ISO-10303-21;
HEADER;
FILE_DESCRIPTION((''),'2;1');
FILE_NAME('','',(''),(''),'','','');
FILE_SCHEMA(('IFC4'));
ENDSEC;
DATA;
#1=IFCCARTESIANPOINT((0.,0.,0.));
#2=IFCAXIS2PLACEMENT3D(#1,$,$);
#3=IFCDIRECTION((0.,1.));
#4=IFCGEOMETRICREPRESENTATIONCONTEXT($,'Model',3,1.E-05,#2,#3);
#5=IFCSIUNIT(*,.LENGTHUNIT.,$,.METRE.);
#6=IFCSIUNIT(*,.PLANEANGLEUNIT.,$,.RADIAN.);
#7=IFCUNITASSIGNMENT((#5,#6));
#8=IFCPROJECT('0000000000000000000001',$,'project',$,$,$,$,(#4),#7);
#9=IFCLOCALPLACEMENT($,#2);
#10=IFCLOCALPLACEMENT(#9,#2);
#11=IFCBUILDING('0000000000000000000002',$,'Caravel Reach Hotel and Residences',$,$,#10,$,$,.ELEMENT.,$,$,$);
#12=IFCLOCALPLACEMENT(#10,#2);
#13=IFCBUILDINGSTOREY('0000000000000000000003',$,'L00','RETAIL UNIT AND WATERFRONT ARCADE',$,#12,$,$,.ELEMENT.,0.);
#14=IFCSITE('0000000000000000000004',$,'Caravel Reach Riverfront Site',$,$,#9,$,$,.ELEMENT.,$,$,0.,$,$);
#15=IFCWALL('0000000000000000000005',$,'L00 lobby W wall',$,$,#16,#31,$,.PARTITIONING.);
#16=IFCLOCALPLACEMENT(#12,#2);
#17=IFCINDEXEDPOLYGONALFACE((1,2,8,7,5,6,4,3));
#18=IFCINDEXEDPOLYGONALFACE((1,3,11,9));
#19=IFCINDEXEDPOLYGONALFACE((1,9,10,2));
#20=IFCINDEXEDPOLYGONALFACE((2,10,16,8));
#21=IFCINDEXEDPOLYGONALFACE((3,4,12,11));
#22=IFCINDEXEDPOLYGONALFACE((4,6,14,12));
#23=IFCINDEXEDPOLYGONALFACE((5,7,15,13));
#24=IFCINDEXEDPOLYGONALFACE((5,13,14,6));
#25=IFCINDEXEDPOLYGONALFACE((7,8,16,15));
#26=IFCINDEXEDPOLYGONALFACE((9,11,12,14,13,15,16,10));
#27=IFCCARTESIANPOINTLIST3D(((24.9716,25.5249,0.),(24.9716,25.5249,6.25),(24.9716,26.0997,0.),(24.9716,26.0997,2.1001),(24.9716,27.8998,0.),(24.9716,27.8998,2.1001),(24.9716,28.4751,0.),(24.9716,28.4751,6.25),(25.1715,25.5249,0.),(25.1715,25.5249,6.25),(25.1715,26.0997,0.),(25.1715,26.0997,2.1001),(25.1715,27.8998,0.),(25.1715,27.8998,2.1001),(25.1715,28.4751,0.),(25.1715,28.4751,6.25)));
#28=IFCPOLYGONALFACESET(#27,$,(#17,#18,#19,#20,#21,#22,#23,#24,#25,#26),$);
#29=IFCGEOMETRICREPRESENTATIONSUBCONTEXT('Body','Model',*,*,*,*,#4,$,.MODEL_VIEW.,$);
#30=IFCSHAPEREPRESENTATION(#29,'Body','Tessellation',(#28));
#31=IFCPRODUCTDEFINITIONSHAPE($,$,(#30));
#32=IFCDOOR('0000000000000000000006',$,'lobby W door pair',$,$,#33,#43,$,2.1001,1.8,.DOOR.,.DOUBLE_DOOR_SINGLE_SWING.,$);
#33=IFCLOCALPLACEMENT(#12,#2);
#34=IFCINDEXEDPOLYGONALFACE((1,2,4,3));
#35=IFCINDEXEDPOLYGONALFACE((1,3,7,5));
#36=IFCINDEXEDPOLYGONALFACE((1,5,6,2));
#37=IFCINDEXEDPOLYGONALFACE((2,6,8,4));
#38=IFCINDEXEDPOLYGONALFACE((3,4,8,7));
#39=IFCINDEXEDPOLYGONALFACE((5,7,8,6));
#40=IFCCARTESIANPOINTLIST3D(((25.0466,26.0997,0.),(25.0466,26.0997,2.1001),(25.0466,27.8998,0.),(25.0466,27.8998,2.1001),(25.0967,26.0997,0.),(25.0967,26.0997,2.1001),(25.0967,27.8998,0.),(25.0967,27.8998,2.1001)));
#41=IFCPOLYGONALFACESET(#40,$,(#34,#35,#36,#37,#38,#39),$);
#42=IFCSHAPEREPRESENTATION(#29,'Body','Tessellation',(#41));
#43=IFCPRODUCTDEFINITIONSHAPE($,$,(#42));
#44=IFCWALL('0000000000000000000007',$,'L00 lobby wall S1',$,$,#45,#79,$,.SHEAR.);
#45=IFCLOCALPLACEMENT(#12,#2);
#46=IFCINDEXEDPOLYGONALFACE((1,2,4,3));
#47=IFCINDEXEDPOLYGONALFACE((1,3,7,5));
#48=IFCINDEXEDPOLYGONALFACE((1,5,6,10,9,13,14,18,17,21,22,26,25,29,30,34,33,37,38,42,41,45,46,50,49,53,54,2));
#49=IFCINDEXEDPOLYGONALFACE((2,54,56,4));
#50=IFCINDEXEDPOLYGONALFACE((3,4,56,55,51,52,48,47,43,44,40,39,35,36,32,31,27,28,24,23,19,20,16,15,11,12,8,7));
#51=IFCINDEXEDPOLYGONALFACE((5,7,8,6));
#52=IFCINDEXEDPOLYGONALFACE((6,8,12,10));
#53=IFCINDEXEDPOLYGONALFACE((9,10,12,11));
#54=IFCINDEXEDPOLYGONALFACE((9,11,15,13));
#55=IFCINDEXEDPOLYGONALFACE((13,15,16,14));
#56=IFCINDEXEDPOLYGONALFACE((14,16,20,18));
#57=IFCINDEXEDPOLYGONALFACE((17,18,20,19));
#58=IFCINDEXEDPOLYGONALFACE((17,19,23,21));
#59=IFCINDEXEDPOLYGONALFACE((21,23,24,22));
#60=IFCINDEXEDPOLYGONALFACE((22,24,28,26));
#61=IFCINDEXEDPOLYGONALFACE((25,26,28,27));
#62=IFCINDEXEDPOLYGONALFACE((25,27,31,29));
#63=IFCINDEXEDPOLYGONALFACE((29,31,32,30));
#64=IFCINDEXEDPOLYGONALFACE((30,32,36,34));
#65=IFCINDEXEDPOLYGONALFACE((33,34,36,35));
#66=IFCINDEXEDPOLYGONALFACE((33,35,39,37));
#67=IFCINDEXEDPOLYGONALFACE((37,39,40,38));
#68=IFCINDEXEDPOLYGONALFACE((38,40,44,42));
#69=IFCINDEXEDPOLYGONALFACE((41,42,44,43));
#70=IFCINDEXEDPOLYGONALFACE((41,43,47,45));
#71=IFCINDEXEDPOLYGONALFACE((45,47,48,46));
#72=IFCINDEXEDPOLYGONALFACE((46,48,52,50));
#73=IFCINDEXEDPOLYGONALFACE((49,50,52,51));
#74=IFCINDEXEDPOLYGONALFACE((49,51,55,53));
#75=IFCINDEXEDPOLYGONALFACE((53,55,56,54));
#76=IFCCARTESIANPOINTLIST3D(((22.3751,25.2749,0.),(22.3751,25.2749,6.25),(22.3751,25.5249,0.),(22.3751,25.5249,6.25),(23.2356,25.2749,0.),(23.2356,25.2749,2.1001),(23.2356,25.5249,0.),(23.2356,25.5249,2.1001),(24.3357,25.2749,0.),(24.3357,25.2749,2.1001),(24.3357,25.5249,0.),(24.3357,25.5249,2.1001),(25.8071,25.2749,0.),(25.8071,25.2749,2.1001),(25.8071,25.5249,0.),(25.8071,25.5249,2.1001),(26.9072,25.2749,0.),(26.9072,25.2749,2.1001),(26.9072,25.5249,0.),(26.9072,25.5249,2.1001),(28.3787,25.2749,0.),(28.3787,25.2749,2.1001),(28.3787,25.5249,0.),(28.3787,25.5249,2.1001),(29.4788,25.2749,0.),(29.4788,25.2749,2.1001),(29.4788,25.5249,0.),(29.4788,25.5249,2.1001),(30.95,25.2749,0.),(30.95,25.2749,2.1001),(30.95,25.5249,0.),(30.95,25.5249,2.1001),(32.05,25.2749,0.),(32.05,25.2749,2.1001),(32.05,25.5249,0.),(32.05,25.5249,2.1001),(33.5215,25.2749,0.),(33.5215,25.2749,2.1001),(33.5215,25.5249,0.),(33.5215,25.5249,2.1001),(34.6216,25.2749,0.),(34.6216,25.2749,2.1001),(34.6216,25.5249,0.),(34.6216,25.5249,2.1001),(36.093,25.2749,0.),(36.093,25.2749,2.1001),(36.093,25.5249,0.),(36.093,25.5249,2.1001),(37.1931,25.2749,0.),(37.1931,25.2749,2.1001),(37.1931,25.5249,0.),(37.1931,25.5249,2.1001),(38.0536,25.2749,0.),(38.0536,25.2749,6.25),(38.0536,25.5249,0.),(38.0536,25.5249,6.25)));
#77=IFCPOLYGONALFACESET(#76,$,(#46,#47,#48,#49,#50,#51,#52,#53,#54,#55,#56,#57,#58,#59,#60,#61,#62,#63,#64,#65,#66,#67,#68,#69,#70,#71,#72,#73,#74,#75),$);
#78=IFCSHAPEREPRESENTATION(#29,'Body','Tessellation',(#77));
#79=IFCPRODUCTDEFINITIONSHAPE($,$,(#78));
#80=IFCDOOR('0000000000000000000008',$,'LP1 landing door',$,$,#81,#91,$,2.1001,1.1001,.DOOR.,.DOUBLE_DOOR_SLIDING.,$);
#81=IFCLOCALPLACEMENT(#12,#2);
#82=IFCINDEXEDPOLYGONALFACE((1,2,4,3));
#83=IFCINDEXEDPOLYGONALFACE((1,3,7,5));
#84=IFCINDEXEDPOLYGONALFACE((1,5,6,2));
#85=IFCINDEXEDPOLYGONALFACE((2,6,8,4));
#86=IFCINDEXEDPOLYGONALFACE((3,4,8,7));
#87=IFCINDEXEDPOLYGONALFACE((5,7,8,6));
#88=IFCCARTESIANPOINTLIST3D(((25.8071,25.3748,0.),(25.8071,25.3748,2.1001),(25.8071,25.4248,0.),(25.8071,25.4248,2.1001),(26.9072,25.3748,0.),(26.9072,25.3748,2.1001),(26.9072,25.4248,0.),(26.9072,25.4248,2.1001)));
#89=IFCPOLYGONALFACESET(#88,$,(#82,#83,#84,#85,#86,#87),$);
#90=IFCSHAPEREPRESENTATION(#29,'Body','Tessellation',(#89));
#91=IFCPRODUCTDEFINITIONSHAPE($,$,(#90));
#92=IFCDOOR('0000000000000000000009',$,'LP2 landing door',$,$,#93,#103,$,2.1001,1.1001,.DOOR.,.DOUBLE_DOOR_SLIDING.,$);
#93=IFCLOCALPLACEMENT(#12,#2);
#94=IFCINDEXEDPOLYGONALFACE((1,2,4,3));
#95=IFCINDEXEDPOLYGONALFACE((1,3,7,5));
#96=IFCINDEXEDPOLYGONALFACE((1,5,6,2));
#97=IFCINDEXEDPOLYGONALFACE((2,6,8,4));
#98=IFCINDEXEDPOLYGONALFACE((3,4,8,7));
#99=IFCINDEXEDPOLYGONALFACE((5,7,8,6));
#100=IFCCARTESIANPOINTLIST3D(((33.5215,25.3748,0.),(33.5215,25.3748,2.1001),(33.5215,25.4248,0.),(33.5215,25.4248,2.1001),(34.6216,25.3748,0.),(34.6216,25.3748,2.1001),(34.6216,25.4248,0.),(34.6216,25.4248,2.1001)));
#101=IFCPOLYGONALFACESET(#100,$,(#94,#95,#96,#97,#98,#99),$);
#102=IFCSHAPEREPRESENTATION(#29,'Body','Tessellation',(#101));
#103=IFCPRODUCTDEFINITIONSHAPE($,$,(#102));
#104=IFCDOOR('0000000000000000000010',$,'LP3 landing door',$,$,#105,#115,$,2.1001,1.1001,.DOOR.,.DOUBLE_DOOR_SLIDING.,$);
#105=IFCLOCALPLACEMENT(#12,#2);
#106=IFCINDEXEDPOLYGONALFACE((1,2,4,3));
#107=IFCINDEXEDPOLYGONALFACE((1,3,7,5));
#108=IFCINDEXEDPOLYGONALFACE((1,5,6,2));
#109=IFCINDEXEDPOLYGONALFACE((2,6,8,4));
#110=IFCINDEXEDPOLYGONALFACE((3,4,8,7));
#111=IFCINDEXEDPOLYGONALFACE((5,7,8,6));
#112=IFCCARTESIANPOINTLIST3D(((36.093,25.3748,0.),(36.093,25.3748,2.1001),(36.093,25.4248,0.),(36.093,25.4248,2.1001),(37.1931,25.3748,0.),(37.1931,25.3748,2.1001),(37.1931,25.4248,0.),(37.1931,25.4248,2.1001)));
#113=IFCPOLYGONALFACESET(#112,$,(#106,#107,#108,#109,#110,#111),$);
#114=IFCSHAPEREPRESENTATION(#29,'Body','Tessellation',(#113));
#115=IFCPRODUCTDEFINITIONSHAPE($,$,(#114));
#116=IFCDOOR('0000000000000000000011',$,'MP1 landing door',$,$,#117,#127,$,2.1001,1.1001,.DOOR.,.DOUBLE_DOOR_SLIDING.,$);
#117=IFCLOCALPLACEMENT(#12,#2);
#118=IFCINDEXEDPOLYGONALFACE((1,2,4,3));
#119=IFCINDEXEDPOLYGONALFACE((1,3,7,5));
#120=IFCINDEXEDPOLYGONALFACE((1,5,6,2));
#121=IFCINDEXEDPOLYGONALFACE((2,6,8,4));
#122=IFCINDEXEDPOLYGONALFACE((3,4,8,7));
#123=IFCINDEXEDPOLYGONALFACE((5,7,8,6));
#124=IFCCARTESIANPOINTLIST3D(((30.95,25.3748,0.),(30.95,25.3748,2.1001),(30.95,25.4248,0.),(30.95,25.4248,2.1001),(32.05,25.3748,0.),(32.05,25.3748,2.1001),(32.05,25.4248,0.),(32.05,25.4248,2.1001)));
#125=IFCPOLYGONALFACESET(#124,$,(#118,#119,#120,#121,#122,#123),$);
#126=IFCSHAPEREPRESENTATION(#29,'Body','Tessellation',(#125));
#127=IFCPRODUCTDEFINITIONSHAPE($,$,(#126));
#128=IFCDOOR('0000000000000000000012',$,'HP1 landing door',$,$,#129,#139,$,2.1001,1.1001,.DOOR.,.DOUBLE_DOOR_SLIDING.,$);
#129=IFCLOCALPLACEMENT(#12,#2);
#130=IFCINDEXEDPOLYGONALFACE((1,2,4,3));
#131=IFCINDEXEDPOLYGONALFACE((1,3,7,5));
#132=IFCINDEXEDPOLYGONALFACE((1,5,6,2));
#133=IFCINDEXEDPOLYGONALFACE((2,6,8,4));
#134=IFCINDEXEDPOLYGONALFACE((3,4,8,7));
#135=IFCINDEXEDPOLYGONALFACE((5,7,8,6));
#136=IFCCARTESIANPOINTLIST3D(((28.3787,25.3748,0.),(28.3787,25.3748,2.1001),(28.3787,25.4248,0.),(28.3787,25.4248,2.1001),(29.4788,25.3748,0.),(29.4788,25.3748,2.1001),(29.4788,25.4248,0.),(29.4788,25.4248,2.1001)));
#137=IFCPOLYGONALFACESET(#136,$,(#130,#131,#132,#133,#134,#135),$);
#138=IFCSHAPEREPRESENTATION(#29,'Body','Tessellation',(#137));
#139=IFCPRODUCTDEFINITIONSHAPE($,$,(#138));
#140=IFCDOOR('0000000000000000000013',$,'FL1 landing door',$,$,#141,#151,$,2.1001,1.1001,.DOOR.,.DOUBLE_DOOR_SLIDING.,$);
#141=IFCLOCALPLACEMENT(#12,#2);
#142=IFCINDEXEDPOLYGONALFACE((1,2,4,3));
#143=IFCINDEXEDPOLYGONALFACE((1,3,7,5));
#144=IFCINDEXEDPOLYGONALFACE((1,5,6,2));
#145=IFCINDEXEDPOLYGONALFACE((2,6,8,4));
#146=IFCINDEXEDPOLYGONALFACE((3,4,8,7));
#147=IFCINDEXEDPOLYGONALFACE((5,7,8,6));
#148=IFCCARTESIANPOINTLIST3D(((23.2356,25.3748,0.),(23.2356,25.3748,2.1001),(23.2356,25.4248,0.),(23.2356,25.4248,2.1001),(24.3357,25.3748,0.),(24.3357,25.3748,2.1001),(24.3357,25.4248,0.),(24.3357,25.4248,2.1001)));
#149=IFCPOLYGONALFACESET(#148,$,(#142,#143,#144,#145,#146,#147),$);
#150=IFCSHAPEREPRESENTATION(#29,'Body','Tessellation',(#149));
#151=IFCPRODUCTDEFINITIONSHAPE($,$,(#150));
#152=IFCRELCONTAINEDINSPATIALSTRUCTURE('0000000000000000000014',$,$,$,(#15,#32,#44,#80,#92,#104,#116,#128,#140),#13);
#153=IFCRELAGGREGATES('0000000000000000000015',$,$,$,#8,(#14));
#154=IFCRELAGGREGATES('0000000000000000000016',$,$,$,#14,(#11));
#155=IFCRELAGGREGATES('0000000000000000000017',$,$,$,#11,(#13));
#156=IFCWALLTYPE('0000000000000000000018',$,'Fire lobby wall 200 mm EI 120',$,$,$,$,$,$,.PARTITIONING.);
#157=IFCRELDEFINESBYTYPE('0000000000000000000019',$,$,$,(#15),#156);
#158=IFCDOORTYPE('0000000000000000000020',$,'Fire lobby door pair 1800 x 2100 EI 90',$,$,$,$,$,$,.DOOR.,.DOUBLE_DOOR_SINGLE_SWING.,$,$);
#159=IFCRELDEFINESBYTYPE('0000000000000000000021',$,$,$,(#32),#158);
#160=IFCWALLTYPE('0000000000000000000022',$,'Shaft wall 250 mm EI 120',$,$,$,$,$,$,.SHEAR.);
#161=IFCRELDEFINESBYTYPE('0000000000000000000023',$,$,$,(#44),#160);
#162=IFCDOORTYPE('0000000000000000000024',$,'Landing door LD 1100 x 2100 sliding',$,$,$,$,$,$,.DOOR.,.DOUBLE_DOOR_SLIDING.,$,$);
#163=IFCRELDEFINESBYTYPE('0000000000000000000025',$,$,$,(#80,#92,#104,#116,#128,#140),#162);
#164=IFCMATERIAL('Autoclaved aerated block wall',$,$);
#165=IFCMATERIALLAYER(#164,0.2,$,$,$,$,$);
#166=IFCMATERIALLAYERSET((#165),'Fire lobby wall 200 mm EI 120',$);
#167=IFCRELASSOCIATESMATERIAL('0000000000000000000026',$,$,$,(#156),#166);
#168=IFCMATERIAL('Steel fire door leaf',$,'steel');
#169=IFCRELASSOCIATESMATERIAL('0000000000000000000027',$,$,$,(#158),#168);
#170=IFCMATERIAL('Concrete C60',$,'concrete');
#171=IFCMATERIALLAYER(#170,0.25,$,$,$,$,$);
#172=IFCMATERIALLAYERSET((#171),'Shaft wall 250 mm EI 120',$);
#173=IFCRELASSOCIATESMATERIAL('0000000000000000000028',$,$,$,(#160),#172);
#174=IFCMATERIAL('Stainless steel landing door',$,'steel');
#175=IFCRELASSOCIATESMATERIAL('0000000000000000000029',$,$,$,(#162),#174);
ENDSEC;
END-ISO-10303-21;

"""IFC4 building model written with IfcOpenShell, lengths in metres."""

from ifc_helpers import new_model, si_unit, direction, frame, frame_2d, origin, place, context, subcontext, project, spatial, rectangle, extrude, material, layer, layer_set, type_object, element, fill, save


model = new_model("IFC4")

# Units and contexts
model_context = context("Model", 3, precision=1e-05, world=origin(), true_north=direction((0.0, 1.0)))
body_context = subcontext(model_context, "Body", "Model", "MODEL_VIEW")
ifc_project = project(units=[si_unit("LENGTHUNIT", "METRE"), si_unit("PLANEANGLEUNIT", "RADIAN")], contexts=[model_context])

# Site, building, storey
site_placement = place(None, origin())
site = spatial("IfcSite", under=ifc_project, at=site_placement, Name="Caravel Reach Riverfront Site", CompositionType="ELEMENT", RefElevation=0.0)
building_placement = place(site_placement, origin())
building = spatial("IfcBuilding", under=site, at=building_placement, Name="Caravel Reach Hotel and Residences", CompositionType="ELEMENT")
storey_placement = place(building_placement, origin())
storey = spatial("IfcBuildingStorey", under=building, at=storey_placement, Name="L00", Description="RETAIL UNIT AND WATERFRONT ARCADE", CompositionType="ELEMENT", Elevation=0.0)

# Wall, opening, door
ifc_material_1 = material(Name="Autoclaved aerated block wall")
ifc_layer_1 = layer(ifc_material_1, 0.2)
ifc_layer_set_1 = layer_set([ifc_layer_1], Name="Fire lobby wall 200 mm EI 120")
wall_type_1 = type_object("IfcWallType", Name="Fire lobby wall 200 mm EI 120", PredefinedType="PARTITIONING", material=ifc_layer_set_1)
wall_1_placement = place(storey_placement, frame((25.0715, 25.5249, 0.0), z_axis=(0.0, 0.0, 1.0), x_axis=(0.0, 1.0, 0.0)))
wall_1 = element("IfcWall", 1, at=wall_1_placement, inside=storey, type_object=wall_type_1, Name="L00 lobby W wall", PredefinedType="PARTITIONING", context=body_context, shape_type="SweptSolid", body=[
    extrude(rectangle(XDim=2.9502, YDim=0.2, at=frame_2d((1.4751, 0.0))), origin(), (0.0, 0.0, 1.0), 6.25),
])
opening_1_placement = place(wall_1_placement, frame((0.575, 0.0, 0.0)))
opening_1 = element("IfcOpeningElement", 2, at=opening_1_placement, cuts=wall_1, PredefinedType="OPENING", context=body_context, shape_type="SweptSolid", body=[
    extrude(rectangle(XDim=1.8, YDim=2.1001, at=frame_2d((0.8999, 1.05))), frame((0.0, 0.1099, 0.0), z_axis=(0.0, -1.0, 0.0), x_axis=(1.0, 0.0, 0.0)), (0.0, 0.0, 1.0), 0.22),
])
ifc_material_2 = material(Name="Steel fire door leaf", Category="steel")
door_type_1 = type_object("IfcDoorType", Name="Fire lobby door pair 1800 x 2100 EI 90", OperationType="DOUBLE_DOOR_SINGLE_SWING", PredefinedType="DOOR", material=ifc_material_2)
door_1_placement = place(opening_1_placement, origin())
door_1 = element("IfcDoor", 3, at=door_1_placement, inside=storey, type_object=door_type_1, Name="lobby W door pair", OperationType="DOUBLE_DOOR_SINGLE_SWING", OverallHeight=2.1001, OverallWidth=1.8, PredefinedType="DOOR", context=body_context, shape_type="SweptSolid", body=[
    extrude(rectangle(XDim=1.8, YDim=2.1001, at=frame_2d((0.8999, 1.05))), frame((0.0, 0.0249, 0.0), z_axis=(0.0, -1.0, 0.0), x_axis=(1.0, 0.0, 0.0)), (0.0, 0.0, 1.0), 0.05),
])
fill(opening_1, door_1)

# Wall, openings, doors
ifc_material_3 = material(Name="Concrete C60", Category="concrete")
ifc_layer_2 = layer(ifc_material_3, 0.25)
ifc_layer_set_2 = layer_set([ifc_layer_2], Name="Shaft wall 250 mm EI 120")
wall_type_2 = type_object("IfcWallType", Name="Shaft wall 250 mm EI 120", PredefinedType="SHEAR", material=ifc_layer_set_2)
wall_2_placement = place(storey_placement, frame((22.375, 25.3999, 0.0), z_axis=(0.0, 0.0, 1.0), x_axis=(1.0, 0.0, 0.0)))
wall_2 = element("IfcWall", 4, at=wall_2_placement, inside=storey, type_object=wall_type_2, Name="L00 lobby wall S1", PredefinedType="SHEAR", context=body_context, shape_type="SweptSolid", body=[
    extrude(rectangle(XDim=15.6785, YDim=0.25, at=frame_2d((7.8394, 0.0))), origin(), (0.0, 0.0, 1.0), 6.25),
])
opening_2_placement = place(wall_2_placement, frame((3.4321, 0.0, 0.0)))
opening_2 = element("IfcOpeningElement", 5, at=opening_2_placement, cuts=wall_2, PredefinedType="OPENING", context=body_context, shape_type="SweptSolid", body=[
    extrude(rectangle(XDim=1.1001, YDim=2.1001, at=frame_2d((0.55, 1.05))), frame((0.0, 0.135, 0.0), z_axis=(0.0, -1.0, 0.0), x_axis=(1.0, 0.0, 0.0)), (0.0, 0.0, 1.0), 0.27),
])
opening_3_placement = place(wall_2_placement, frame((11.1465, 0.0, 0.0)))
opening_3 = element("IfcOpeningElement", 6, at=opening_3_placement, cuts=wall_2, PredefinedType="OPENING", context=body_context, shape_type="SweptSolid", body=[
    extrude(rectangle(XDim=1.1001, YDim=2.1001, at=frame_2d((0.55, 1.05))), frame((0.0, 0.135, 0.0), z_axis=(0.0, -1.0, 0.0), x_axis=(1.0, 0.0, 0.0)), (0.0, 0.0, 1.0), 0.27),
])
opening_4_placement = place(wall_2_placement, frame((13.718, 0.0, 0.0)))
opening_4 = element("IfcOpeningElement", 7, at=opening_4_placement, cuts=wall_2, PredefinedType="OPENING", context=body_context, shape_type="SweptSolid", body=[
    extrude(rectangle(XDim=1.1001, YDim=2.1001, at=frame_2d((0.55, 1.05))), frame((0.0, 0.135, 0.0), z_axis=(0.0, -1.0, 0.0), x_axis=(1.0, 0.0, 0.0)), (0.0, 0.0, 1.0), 0.27),
])
opening_5_placement = place(wall_2_placement, frame((8.575, 0.0, 0.0)))
opening_5 = element("IfcOpeningElement", 8, at=opening_5_placement, cuts=wall_2, PredefinedType="OPENING", context=body_context, shape_type="SweptSolid", body=[
    extrude(rectangle(XDim=1.1001, YDim=2.1001, at=frame_2d((0.55, 1.05))), frame((0.0, 0.135, 0.0), z_axis=(0.0, -1.0, 0.0), x_axis=(1.0, 0.0, 0.0)), (0.0, 0.0, 1.0), 0.27),
])
opening_6_placement = place(wall_2_placement, frame((6.0037, 0.0, 0.0)))
opening_6 = element("IfcOpeningElement", 9, at=opening_6_placement, cuts=wall_2, PredefinedType="OPENING", context=body_context, shape_type="SweptSolid", body=[
    extrude(rectangle(XDim=1.1001, YDim=2.1001, at=frame_2d((0.55, 1.05))), frame((0.0, 0.135, 0.0), z_axis=(0.0, -1.0, 0.0), x_axis=(1.0, 0.0, 0.0)), (0.0, 0.0, 1.0), 0.27),
])
opening_7_placement = place(wall_2_placement, frame((0.8606, 0.0, 0.0)))
opening_7 = element("IfcOpeningElement", 10, at=opening_7_placement, cuts=wall_2, PredefinedType="OPENING", context=body_context, shape_type="SweptSolid", body=[
    extrude(rectangle(XDim=1.1001, YDim=2.1001, at=frame_2d((0.55, 1.05))), frame((0.0, 0.135, 0.0), z_axis=(0.0, -1.0, 0.0), x_axis=(1.0, 0.0, 0.0)), (0.0, 0.0, 1.0), 0.27),
])
ifc_material_4 = material(Name="Stainless steel landing door", Category="steel")
door_type_2 = type_object("IfcDoorType", Name="Landing door LD 1100 x 2100 sliding", OperationType="DOUBLE_DOOR_SLIDING", PredefinedType="DOOR", material=ifc_material_4)
door_2_placement = place(opening_2_placement, origin())
door_2 = element("IfcDoor", 11, at=door_2_placement, inside=storey, type_object=door_type_2, Name="LP1 landing door", OperationType="DOUBLE_DOOR_SLIDING", OverallHeight=2.1001, OverallWidth=1.1001, PredefinedType="DOOR", context=body_context, shape_type="SweptSolid", body=[
    extrude(rectangle(XDim=1.1001, YDim=2.1001, at=frame_2d((0.55, 1.05))), frame((0.0, 0.0249, 0.0), z_axis=(0.0, -1.0, 0.0), x_axis=(1.0, 0.0, 0.0)), (0.0, 0.0, 1.0), 0.05),
])
fill(opening_2, door_2)
door_3_placement = place(opening_3_placement, origin())
door_3 = element("IfcDoor", 12, at=door_3_placement, inside=storey, type_object=door_type_2, Name="LP2 landing door", OperationType="DOUBLE_DOOR_SLIDING", OverallHeight=2.1001, OverallWidth=1.1001, PredefinedType="DOOR", context=body_context, shape_type="SweptSolid", body=[
    extrude(rectangle(XDim=1.1001, YDim=2.1001, at=frame_2d((0.55, 1.05))), frame((0.0, 0.0249, 0.0), z_axis=(0.0, -1.0, 0.0), x_axis=(1.0, 0.0, 0.0)), (0.0, 0.0, 1.0), 0.05),
])
fill(opening_3, door_3)
door_4_placement = place(opening_4_placement, origin())
door_4 = element("IfcDoor", 13, at=door_4_placement, inside=storey, type_object=door_type_2, Name="LP3 landing door", OperationType="DOUBLE_DOOR_SLIDING", OverallHeight=2.1001, OverallWidth=1.1001, PredefinedType="DOOR", context=body_context, shape_type="SweptSolid", body=[
    extrude(rectangle(XDim=1.1001, YDim=2.1001, at=frame_2d((0.55, 1.05))), frame((0.0, 0.0249, 0.0), z_axis=(0.0, -1.0, 0.0), x_axis=(1.0, 0.0, 0.0)), (0.0, 0.0, 1.0), 0.05),
])
fill(opening_4, door_4)
door_5_placement = place(opening_5_placement, origin())
door_5 = element("IfcDoor", 14, at=door_5_placement, inside=storey, type_object=door_type_2, Name="MP1 landing door", OperationType="DOUBLE_DOOR_SLIDING", OverallHeight=2.1001, OverallWidth=1.1001, PredefinedType="DOOR", context=body_context, shape_type="SweptSolid", body=[
    extrude(rectangle(XDim=1.1001, YDim=2.1001, at=frame_2d((0.55, 1.05))), frame((0.0, 0.0249, 0.0), z_axis=(0.0, -1.0, 0.0), x_axis=(1.0, 0.0, 0.0)), (0.0, 0.0, 1.0), 0.05),
])
fill(opening_5, door_5)
door_6_placement = place(opening_6_placement, origin())
door_6 = element("IfcDoor", 15, at=door_6_placement, inside=storey, type_object=door_type_2, Name="HP1 landing door", OperationType="DOUBLE_DOOR_SLIDING", OverallHeight=2.1001, OverallWidth=1.1001, PredefinedType="DOOR", context=body_context, shape_type="SweptSolid", body=[
    extrude(rectangle(XDim=1.1001, YDim=2.1001, at=frame_2d((0.55, 1.05))), frame((0.0, 0.0249, 0.0), z_axis=(0.0, -1.0, 0.0), x_axis=(1.0, 0.0, 0.0)), (0.0, 0.0, 1.0), 0.05),
])
fill(opening_6, door_6)
door_7_placement = place(opening_7_placement, origin())
door_7 = element("IfcDoor", 16, at=door_7_placement, inside=storey, type_object=door_type_2, Name="FL1 landing door", OperationType="DOUBLE_DOOR_SLIDING", OverallHeight=2.1001, OverallWidth=1.1001, PredefinedType="DOOR", context=body_context, shape_type="SweptSolid", body=[
    extrude(rectangle(XDim=1.1001, YDim=2.1001, at=frame_2d((0.55, 1.05))), frame((0.0, 0.0249, 0.0), z_axis=(0.0, -1.0, 0.0), x_axis=(1.0, 0.0, 0.0)), (0.0, 0.0, 1.0), 0.05),
])
fill(opening_7, door_7)

save(model, "model.ifc")
